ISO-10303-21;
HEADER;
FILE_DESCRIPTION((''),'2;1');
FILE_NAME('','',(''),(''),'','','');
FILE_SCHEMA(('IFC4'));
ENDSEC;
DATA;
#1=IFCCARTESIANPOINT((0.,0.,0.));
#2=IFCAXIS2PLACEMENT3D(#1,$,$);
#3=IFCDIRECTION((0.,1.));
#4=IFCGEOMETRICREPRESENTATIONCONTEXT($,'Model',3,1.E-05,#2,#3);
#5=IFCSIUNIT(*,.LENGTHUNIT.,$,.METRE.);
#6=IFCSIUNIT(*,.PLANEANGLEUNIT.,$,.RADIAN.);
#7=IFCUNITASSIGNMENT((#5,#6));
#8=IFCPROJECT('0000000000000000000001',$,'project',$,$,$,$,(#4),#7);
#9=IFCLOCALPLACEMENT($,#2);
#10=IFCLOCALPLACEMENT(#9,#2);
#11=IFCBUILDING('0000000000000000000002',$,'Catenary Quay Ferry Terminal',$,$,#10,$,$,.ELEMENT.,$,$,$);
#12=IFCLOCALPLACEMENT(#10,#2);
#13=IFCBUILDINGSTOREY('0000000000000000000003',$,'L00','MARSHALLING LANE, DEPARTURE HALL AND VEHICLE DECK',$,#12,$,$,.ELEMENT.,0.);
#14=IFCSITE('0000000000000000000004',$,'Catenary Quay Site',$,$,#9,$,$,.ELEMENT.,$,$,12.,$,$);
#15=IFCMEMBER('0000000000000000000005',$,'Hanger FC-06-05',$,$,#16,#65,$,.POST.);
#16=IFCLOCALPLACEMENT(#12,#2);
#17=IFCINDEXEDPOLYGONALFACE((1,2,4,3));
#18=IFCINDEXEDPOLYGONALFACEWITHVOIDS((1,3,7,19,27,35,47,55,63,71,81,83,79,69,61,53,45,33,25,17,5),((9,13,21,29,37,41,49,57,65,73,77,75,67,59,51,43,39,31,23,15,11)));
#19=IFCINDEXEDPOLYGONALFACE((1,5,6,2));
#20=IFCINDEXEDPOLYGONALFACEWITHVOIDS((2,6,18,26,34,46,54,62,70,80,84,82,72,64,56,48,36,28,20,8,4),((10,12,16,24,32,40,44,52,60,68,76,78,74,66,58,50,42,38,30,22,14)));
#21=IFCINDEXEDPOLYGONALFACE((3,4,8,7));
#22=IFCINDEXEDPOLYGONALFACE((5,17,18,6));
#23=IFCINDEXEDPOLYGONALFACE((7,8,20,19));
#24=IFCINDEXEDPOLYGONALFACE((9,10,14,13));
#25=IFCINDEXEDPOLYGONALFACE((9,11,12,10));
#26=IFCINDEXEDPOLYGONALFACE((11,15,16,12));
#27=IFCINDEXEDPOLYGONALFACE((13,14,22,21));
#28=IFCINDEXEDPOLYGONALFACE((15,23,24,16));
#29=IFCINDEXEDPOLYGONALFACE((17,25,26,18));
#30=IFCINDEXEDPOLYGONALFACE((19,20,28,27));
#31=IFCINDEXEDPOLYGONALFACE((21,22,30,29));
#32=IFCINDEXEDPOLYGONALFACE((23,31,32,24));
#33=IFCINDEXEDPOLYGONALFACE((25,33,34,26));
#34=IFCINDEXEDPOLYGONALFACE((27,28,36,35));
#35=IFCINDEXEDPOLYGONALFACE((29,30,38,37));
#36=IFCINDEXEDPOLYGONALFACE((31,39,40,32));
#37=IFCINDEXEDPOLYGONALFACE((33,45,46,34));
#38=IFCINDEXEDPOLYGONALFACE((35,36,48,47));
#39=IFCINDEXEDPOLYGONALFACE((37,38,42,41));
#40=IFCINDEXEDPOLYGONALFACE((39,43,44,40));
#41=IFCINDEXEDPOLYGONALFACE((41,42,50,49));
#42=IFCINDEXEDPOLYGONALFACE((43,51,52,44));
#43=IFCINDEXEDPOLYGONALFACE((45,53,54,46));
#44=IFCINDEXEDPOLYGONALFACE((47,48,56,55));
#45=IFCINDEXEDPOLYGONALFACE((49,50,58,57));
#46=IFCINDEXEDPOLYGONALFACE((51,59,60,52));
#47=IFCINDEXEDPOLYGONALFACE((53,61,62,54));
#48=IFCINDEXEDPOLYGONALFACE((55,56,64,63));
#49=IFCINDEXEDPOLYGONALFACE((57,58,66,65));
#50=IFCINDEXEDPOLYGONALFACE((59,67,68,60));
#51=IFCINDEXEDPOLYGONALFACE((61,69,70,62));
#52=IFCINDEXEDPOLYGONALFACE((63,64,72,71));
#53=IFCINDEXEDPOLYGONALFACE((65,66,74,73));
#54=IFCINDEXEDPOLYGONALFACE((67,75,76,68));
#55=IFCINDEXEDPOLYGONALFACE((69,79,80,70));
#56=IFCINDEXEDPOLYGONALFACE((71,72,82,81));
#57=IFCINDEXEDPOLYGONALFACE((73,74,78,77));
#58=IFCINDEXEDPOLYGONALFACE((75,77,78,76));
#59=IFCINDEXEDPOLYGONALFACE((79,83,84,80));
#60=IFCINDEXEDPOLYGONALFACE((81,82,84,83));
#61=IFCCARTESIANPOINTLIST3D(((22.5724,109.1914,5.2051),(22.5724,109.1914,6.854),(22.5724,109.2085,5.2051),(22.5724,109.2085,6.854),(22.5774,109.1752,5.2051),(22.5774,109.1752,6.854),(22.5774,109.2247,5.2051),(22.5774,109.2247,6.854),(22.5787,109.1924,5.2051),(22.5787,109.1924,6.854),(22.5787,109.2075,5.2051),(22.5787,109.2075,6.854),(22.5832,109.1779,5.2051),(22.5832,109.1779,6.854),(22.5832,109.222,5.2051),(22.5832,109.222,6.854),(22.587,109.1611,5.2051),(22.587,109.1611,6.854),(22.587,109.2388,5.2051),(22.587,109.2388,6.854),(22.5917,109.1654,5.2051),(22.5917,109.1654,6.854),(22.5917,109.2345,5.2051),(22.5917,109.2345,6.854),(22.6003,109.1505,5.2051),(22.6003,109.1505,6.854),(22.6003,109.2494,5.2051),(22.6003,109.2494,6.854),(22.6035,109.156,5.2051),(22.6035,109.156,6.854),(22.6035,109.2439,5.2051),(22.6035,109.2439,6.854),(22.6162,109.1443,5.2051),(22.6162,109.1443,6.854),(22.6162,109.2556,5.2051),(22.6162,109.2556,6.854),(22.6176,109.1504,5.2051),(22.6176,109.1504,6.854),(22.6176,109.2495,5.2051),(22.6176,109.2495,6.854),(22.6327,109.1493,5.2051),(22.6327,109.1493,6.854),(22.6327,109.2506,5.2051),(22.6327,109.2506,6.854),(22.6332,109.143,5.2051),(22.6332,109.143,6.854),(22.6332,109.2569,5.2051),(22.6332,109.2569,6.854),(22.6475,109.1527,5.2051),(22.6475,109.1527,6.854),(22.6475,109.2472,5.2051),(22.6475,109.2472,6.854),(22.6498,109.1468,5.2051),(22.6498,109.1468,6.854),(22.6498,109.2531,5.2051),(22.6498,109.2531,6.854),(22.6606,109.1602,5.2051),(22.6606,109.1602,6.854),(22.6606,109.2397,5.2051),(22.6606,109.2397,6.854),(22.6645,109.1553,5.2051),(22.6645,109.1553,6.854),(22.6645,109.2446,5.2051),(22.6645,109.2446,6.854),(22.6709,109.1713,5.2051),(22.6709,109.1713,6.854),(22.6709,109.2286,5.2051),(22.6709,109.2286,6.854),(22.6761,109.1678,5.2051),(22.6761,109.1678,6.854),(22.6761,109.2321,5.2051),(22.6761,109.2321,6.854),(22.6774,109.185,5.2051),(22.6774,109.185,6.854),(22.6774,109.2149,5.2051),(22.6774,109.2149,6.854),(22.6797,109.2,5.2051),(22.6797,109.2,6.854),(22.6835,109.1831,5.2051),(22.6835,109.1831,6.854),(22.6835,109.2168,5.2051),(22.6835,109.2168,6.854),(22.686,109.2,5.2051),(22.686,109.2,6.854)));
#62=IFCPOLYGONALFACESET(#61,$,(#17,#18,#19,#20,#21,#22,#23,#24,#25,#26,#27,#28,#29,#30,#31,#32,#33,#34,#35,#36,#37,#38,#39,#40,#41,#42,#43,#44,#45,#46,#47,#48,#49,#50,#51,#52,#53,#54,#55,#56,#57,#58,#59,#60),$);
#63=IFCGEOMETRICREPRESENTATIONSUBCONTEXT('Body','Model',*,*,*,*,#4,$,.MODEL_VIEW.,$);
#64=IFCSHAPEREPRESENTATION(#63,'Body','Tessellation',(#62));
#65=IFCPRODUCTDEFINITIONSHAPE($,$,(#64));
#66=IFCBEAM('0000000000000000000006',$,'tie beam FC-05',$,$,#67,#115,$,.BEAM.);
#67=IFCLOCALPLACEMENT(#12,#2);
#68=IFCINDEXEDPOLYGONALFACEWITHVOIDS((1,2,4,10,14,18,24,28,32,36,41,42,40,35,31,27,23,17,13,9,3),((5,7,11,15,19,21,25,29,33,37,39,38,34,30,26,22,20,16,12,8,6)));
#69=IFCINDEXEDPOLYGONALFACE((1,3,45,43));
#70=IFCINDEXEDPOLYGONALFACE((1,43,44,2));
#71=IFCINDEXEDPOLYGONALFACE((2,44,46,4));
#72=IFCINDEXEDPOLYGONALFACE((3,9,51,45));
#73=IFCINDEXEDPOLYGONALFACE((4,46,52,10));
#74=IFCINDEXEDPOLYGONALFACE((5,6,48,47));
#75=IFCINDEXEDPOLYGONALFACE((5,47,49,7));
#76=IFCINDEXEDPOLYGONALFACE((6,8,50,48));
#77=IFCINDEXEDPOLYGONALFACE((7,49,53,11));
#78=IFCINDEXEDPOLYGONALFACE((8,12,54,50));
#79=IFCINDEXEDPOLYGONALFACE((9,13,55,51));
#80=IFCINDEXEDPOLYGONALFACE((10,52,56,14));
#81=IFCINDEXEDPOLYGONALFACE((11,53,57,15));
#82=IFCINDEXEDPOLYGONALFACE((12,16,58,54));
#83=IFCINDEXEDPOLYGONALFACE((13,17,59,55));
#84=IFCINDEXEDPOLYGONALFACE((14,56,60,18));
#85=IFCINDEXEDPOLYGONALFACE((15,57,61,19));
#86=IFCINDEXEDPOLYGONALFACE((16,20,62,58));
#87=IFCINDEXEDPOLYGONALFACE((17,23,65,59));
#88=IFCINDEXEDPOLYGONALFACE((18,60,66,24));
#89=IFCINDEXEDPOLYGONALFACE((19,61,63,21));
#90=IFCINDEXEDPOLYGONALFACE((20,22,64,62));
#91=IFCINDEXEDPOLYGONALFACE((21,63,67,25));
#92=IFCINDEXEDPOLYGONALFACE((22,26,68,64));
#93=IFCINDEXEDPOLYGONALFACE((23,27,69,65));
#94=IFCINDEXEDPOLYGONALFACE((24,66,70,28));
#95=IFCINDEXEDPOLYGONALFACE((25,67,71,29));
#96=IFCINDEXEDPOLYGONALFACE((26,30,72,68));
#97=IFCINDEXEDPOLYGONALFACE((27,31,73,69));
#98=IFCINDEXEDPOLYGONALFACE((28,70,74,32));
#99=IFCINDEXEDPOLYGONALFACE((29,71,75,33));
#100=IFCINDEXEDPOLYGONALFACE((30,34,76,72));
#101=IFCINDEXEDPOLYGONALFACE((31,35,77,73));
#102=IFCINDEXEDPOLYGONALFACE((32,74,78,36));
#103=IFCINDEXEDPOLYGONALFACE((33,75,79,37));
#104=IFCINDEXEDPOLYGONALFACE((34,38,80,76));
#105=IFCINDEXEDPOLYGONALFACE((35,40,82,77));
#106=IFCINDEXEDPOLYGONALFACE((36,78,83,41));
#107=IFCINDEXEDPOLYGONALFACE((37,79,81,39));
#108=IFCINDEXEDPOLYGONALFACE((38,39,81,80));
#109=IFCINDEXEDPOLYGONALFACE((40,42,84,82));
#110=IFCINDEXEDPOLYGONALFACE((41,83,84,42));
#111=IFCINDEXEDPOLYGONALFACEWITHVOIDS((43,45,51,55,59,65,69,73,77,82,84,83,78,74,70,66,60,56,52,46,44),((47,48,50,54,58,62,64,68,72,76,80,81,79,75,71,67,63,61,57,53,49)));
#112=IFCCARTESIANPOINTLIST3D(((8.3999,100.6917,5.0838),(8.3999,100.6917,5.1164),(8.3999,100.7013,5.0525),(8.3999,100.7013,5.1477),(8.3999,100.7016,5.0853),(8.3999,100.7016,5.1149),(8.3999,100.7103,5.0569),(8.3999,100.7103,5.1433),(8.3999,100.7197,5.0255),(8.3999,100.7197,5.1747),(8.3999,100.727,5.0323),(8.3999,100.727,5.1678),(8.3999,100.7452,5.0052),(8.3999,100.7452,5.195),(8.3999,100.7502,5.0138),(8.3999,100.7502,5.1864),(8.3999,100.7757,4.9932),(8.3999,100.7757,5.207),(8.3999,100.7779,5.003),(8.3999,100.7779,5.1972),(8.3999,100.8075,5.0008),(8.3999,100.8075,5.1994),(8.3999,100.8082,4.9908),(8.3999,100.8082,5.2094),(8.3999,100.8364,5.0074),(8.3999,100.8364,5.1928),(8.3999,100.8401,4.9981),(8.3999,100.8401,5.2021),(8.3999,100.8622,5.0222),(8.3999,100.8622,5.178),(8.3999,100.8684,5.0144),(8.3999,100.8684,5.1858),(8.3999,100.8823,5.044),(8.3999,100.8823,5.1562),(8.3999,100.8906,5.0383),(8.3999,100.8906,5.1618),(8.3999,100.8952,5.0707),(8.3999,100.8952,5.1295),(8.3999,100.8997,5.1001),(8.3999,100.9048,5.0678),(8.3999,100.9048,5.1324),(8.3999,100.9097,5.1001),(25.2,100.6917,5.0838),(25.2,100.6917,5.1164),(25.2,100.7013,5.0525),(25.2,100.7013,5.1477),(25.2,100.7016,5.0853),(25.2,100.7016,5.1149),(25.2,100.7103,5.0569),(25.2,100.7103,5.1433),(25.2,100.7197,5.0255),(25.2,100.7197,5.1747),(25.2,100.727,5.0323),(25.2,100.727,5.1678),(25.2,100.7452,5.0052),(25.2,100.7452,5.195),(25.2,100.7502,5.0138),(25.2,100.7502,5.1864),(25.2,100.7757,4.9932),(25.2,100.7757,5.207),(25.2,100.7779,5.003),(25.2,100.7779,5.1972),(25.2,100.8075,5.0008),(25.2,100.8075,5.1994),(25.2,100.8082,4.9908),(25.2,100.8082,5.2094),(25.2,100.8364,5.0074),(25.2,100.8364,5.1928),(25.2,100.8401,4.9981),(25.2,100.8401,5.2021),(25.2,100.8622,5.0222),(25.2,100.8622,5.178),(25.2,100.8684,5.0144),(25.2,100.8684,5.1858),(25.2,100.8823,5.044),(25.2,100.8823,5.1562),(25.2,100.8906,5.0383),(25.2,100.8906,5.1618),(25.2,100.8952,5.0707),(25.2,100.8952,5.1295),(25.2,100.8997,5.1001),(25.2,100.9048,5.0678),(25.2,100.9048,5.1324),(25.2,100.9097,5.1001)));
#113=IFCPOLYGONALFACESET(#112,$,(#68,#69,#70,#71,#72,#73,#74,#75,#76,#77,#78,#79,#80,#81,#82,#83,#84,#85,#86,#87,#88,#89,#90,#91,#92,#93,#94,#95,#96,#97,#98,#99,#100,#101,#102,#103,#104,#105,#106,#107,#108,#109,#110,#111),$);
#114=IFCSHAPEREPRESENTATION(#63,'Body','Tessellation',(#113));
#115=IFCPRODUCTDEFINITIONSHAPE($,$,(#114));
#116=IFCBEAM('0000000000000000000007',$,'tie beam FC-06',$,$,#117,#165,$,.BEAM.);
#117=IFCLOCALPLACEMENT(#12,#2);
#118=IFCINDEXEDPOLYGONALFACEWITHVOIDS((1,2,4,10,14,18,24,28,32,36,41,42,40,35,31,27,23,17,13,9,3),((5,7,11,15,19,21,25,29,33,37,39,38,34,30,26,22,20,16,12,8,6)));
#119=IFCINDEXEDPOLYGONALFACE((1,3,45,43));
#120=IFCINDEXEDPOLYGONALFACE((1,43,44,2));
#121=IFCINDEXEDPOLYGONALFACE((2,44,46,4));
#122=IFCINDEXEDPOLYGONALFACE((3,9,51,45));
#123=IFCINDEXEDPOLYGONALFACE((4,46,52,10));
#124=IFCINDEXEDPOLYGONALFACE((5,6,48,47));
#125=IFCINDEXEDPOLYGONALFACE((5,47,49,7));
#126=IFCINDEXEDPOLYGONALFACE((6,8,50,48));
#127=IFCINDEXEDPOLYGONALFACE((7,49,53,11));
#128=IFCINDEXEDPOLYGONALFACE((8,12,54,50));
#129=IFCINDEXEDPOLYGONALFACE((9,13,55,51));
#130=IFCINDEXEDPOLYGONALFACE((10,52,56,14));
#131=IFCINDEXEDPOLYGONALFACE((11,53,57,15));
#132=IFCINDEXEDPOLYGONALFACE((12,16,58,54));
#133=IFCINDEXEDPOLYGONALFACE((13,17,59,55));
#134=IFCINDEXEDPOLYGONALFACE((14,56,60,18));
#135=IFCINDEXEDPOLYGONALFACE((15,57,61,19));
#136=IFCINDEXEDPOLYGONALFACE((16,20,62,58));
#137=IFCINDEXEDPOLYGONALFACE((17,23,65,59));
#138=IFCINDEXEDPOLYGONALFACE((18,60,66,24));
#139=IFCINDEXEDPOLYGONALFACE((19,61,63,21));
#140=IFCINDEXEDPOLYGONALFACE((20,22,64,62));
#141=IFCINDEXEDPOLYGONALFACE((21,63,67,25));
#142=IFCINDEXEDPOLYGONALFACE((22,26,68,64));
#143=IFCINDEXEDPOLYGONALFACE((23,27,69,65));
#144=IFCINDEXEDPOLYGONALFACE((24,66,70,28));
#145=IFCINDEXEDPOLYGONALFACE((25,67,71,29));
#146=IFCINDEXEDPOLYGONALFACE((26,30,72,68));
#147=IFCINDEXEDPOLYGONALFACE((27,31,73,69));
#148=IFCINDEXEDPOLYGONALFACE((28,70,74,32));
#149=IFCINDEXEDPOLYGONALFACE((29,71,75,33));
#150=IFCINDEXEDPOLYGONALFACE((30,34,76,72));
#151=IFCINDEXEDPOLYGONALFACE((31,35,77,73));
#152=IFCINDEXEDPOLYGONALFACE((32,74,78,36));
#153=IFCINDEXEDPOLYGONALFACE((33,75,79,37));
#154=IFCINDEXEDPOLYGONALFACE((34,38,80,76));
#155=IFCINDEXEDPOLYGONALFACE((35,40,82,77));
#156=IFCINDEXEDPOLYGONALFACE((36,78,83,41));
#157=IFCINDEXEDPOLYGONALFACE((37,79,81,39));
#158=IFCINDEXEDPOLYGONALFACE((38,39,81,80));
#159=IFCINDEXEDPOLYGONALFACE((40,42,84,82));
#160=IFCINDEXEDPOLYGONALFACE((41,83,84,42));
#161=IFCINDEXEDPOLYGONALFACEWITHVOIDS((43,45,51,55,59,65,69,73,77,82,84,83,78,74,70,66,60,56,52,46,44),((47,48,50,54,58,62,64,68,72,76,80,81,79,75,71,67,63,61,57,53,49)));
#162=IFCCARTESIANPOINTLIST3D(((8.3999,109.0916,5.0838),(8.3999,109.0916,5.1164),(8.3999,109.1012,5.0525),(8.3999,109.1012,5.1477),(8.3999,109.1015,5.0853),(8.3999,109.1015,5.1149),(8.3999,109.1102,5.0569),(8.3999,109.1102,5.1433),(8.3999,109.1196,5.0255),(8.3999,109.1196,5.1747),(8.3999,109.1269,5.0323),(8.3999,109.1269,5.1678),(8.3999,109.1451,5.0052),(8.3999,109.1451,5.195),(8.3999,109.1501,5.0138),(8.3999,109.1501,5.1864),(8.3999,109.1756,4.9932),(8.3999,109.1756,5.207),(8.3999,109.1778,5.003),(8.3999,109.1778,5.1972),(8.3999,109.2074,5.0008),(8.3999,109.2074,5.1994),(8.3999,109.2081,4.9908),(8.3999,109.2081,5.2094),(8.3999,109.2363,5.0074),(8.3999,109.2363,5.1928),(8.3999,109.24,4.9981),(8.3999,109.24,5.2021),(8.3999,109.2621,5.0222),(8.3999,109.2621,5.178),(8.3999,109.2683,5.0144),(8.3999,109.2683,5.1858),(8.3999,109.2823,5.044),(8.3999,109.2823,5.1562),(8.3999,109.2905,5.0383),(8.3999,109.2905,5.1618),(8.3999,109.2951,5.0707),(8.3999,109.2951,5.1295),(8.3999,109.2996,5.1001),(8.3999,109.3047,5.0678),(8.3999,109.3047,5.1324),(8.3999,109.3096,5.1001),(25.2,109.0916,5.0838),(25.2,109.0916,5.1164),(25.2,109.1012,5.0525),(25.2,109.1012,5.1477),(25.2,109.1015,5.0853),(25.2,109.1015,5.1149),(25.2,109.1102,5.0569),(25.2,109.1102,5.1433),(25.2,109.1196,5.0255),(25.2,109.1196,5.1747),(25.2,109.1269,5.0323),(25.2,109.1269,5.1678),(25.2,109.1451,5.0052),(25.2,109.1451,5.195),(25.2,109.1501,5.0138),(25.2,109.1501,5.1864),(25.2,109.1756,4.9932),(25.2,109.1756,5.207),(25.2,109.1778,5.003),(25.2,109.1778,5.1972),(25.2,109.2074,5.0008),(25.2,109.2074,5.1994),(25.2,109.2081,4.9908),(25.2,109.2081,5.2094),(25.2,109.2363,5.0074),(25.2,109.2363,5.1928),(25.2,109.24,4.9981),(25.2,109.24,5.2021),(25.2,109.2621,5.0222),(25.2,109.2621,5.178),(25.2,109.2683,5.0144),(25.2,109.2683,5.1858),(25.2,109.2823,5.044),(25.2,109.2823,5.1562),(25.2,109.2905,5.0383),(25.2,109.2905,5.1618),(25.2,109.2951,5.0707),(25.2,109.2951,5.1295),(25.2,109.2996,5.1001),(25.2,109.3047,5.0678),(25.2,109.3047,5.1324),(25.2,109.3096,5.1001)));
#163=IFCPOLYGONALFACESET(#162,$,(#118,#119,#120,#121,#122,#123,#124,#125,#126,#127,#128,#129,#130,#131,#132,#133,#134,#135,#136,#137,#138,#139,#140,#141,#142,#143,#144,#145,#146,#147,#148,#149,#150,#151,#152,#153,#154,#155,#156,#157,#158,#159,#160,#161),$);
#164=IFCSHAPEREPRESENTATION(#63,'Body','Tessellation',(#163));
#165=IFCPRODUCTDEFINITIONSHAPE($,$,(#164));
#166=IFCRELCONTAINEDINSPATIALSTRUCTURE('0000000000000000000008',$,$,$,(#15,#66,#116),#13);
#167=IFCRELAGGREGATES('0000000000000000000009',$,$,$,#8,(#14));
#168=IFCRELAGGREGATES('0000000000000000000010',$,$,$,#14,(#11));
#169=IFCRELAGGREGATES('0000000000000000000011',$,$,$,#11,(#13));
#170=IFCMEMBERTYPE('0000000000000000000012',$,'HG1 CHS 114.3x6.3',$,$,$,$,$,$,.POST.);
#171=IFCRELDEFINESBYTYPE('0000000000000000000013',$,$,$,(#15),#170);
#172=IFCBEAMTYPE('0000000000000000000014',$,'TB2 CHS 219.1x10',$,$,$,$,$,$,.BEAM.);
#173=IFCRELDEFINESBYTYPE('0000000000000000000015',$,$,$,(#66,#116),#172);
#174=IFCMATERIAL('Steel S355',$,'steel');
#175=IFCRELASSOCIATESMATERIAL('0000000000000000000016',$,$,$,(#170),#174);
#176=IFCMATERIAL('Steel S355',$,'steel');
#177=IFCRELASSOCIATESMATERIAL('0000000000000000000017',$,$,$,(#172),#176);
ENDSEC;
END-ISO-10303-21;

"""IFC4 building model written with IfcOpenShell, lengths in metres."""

from ifc_helpers import new_model, si_unit, direction, frame, origin, origin_2d, place, context, subcontext, project, spatial, hollow_circle, extrude, material, material_profile, profile_set, type_object, element, save


model = new_model("IFC4")

# Units and contexts
model_context = context("Model", 3, precision=1e-05, world=origin(), true_north=direction((0.0, 1.0)))
body_context = subcontext(model_context, "Body", "Model", "MODEL_VIEW")
ifc_project = project(units=[si_unit("LENGTHUNIT", "METRE"), si_unit("PLANEANGLEUNIT", "RADIAN")], contexts=[model_context])

# Site, building, storey
site_placement = place(None, origin())
site = spatial("IfcSite", under=ifc_project, at=site_placement, Name="Catenary Quay Site", CompositionType="ELEMENT", RefElevation=12.0)
building_placement = place(site_placement, origin())
building = spatial("IfcBuilding", under=site, at=building_placement, Name="Catenary Quay Ferry Terminal", CompositionType="ELEMENT")
storey_placement = place(building_placement, origin())
storey = spatial("IfcBuildingStorey", under=building, at=storey_placement, Name="L00", Description="MARSHALLING LANE, DEPARTURE HALL AND VEHICLE DECK", CompositionType="ELEMENT", Elevation=0.0)

# Member
ifc_material_1 = material(Name="Steel S355", Category="steel")
ifc_material_profile_1 = material_profile(ifc_material_1, hollow_circle(Radius=0.0571, WallThickness=0.0063, at=origin_2d()), Name="CHS 114.3x6.3")
ifc_profile_set_1 = profile_set([ifc_material_profile_1], Name="Steel S355")
member_type_1 = type_object("IfcMemberType", Name="HG1 CHS 114.3x6.3", PredefinedType="POST", material=ifc_profile_set_1)
member_1_placement = place(storey_placement, frame((22.6289, 109.2, 5.2051), z_axis=(0.0, 0.0, 1.0), x_axis=(1.0, 0.0, 0.0)))
element("IfcMember", 1, at=member_1_placement, inside=storey, type_object=member_type_1, Name="Hanger FC-06-05", PredefinedType="POST", context=body_context, shape_type="SweptSolid", body=[
    extrude(hollow_circle(Radius=0.0571, WallThickness=0.0063, at=origin_2d()), origin(), (0.0, 0.0, 1.0), 1.6489),
])

# Beams
ifc_material_2 = material(Name="Steel S355", Category="steel")
ifc_material_profile_2 = material_profile(ifc_material_2, hollow_circle(Radius=0.1096, WallThickness=0.01, at=origin_2d()), Name="CHS 219.1x10")
ifc_profile_set_2 = profile_set([ifc_material_profile_2], Name="Steel S355")
beam_type_1 = type_object("IfcBeamType", Name="TB2 CHS 219.1x10", PredefinedType="BEAM", material=ifc_profile_set_2)
for number, where, z_axis, x_axis, name in (
    (2, (8.3999, 100.8, 5.1001), (1.0, 0.0, 0.0), (0.0, 1.0, 0.0), "tie beam FC-05"),
    (3, (8.3999, 109.2, 5.1001), (1.0, 0.0, 0.0), (0.0, 1.0, 0.0), "tie beam FC-06"),
):
    element("IfcBeam", number, at=place(storey_placement, frame(where, z_axis=z_axis, x_axis=x_axis)), inside=storey, type_object=beam_type_1, Name=name, PredefinedType="BEAM", context=body_context, shape_type="SweptSolid", body=[
        extrude(hollow_circle(Radius=0.1096, WallThickness=0.01, at=origin_2d()), origin(), (0.0, 0.0, 1.0), 16.8),
    ])

save(model, "model.ifc")
